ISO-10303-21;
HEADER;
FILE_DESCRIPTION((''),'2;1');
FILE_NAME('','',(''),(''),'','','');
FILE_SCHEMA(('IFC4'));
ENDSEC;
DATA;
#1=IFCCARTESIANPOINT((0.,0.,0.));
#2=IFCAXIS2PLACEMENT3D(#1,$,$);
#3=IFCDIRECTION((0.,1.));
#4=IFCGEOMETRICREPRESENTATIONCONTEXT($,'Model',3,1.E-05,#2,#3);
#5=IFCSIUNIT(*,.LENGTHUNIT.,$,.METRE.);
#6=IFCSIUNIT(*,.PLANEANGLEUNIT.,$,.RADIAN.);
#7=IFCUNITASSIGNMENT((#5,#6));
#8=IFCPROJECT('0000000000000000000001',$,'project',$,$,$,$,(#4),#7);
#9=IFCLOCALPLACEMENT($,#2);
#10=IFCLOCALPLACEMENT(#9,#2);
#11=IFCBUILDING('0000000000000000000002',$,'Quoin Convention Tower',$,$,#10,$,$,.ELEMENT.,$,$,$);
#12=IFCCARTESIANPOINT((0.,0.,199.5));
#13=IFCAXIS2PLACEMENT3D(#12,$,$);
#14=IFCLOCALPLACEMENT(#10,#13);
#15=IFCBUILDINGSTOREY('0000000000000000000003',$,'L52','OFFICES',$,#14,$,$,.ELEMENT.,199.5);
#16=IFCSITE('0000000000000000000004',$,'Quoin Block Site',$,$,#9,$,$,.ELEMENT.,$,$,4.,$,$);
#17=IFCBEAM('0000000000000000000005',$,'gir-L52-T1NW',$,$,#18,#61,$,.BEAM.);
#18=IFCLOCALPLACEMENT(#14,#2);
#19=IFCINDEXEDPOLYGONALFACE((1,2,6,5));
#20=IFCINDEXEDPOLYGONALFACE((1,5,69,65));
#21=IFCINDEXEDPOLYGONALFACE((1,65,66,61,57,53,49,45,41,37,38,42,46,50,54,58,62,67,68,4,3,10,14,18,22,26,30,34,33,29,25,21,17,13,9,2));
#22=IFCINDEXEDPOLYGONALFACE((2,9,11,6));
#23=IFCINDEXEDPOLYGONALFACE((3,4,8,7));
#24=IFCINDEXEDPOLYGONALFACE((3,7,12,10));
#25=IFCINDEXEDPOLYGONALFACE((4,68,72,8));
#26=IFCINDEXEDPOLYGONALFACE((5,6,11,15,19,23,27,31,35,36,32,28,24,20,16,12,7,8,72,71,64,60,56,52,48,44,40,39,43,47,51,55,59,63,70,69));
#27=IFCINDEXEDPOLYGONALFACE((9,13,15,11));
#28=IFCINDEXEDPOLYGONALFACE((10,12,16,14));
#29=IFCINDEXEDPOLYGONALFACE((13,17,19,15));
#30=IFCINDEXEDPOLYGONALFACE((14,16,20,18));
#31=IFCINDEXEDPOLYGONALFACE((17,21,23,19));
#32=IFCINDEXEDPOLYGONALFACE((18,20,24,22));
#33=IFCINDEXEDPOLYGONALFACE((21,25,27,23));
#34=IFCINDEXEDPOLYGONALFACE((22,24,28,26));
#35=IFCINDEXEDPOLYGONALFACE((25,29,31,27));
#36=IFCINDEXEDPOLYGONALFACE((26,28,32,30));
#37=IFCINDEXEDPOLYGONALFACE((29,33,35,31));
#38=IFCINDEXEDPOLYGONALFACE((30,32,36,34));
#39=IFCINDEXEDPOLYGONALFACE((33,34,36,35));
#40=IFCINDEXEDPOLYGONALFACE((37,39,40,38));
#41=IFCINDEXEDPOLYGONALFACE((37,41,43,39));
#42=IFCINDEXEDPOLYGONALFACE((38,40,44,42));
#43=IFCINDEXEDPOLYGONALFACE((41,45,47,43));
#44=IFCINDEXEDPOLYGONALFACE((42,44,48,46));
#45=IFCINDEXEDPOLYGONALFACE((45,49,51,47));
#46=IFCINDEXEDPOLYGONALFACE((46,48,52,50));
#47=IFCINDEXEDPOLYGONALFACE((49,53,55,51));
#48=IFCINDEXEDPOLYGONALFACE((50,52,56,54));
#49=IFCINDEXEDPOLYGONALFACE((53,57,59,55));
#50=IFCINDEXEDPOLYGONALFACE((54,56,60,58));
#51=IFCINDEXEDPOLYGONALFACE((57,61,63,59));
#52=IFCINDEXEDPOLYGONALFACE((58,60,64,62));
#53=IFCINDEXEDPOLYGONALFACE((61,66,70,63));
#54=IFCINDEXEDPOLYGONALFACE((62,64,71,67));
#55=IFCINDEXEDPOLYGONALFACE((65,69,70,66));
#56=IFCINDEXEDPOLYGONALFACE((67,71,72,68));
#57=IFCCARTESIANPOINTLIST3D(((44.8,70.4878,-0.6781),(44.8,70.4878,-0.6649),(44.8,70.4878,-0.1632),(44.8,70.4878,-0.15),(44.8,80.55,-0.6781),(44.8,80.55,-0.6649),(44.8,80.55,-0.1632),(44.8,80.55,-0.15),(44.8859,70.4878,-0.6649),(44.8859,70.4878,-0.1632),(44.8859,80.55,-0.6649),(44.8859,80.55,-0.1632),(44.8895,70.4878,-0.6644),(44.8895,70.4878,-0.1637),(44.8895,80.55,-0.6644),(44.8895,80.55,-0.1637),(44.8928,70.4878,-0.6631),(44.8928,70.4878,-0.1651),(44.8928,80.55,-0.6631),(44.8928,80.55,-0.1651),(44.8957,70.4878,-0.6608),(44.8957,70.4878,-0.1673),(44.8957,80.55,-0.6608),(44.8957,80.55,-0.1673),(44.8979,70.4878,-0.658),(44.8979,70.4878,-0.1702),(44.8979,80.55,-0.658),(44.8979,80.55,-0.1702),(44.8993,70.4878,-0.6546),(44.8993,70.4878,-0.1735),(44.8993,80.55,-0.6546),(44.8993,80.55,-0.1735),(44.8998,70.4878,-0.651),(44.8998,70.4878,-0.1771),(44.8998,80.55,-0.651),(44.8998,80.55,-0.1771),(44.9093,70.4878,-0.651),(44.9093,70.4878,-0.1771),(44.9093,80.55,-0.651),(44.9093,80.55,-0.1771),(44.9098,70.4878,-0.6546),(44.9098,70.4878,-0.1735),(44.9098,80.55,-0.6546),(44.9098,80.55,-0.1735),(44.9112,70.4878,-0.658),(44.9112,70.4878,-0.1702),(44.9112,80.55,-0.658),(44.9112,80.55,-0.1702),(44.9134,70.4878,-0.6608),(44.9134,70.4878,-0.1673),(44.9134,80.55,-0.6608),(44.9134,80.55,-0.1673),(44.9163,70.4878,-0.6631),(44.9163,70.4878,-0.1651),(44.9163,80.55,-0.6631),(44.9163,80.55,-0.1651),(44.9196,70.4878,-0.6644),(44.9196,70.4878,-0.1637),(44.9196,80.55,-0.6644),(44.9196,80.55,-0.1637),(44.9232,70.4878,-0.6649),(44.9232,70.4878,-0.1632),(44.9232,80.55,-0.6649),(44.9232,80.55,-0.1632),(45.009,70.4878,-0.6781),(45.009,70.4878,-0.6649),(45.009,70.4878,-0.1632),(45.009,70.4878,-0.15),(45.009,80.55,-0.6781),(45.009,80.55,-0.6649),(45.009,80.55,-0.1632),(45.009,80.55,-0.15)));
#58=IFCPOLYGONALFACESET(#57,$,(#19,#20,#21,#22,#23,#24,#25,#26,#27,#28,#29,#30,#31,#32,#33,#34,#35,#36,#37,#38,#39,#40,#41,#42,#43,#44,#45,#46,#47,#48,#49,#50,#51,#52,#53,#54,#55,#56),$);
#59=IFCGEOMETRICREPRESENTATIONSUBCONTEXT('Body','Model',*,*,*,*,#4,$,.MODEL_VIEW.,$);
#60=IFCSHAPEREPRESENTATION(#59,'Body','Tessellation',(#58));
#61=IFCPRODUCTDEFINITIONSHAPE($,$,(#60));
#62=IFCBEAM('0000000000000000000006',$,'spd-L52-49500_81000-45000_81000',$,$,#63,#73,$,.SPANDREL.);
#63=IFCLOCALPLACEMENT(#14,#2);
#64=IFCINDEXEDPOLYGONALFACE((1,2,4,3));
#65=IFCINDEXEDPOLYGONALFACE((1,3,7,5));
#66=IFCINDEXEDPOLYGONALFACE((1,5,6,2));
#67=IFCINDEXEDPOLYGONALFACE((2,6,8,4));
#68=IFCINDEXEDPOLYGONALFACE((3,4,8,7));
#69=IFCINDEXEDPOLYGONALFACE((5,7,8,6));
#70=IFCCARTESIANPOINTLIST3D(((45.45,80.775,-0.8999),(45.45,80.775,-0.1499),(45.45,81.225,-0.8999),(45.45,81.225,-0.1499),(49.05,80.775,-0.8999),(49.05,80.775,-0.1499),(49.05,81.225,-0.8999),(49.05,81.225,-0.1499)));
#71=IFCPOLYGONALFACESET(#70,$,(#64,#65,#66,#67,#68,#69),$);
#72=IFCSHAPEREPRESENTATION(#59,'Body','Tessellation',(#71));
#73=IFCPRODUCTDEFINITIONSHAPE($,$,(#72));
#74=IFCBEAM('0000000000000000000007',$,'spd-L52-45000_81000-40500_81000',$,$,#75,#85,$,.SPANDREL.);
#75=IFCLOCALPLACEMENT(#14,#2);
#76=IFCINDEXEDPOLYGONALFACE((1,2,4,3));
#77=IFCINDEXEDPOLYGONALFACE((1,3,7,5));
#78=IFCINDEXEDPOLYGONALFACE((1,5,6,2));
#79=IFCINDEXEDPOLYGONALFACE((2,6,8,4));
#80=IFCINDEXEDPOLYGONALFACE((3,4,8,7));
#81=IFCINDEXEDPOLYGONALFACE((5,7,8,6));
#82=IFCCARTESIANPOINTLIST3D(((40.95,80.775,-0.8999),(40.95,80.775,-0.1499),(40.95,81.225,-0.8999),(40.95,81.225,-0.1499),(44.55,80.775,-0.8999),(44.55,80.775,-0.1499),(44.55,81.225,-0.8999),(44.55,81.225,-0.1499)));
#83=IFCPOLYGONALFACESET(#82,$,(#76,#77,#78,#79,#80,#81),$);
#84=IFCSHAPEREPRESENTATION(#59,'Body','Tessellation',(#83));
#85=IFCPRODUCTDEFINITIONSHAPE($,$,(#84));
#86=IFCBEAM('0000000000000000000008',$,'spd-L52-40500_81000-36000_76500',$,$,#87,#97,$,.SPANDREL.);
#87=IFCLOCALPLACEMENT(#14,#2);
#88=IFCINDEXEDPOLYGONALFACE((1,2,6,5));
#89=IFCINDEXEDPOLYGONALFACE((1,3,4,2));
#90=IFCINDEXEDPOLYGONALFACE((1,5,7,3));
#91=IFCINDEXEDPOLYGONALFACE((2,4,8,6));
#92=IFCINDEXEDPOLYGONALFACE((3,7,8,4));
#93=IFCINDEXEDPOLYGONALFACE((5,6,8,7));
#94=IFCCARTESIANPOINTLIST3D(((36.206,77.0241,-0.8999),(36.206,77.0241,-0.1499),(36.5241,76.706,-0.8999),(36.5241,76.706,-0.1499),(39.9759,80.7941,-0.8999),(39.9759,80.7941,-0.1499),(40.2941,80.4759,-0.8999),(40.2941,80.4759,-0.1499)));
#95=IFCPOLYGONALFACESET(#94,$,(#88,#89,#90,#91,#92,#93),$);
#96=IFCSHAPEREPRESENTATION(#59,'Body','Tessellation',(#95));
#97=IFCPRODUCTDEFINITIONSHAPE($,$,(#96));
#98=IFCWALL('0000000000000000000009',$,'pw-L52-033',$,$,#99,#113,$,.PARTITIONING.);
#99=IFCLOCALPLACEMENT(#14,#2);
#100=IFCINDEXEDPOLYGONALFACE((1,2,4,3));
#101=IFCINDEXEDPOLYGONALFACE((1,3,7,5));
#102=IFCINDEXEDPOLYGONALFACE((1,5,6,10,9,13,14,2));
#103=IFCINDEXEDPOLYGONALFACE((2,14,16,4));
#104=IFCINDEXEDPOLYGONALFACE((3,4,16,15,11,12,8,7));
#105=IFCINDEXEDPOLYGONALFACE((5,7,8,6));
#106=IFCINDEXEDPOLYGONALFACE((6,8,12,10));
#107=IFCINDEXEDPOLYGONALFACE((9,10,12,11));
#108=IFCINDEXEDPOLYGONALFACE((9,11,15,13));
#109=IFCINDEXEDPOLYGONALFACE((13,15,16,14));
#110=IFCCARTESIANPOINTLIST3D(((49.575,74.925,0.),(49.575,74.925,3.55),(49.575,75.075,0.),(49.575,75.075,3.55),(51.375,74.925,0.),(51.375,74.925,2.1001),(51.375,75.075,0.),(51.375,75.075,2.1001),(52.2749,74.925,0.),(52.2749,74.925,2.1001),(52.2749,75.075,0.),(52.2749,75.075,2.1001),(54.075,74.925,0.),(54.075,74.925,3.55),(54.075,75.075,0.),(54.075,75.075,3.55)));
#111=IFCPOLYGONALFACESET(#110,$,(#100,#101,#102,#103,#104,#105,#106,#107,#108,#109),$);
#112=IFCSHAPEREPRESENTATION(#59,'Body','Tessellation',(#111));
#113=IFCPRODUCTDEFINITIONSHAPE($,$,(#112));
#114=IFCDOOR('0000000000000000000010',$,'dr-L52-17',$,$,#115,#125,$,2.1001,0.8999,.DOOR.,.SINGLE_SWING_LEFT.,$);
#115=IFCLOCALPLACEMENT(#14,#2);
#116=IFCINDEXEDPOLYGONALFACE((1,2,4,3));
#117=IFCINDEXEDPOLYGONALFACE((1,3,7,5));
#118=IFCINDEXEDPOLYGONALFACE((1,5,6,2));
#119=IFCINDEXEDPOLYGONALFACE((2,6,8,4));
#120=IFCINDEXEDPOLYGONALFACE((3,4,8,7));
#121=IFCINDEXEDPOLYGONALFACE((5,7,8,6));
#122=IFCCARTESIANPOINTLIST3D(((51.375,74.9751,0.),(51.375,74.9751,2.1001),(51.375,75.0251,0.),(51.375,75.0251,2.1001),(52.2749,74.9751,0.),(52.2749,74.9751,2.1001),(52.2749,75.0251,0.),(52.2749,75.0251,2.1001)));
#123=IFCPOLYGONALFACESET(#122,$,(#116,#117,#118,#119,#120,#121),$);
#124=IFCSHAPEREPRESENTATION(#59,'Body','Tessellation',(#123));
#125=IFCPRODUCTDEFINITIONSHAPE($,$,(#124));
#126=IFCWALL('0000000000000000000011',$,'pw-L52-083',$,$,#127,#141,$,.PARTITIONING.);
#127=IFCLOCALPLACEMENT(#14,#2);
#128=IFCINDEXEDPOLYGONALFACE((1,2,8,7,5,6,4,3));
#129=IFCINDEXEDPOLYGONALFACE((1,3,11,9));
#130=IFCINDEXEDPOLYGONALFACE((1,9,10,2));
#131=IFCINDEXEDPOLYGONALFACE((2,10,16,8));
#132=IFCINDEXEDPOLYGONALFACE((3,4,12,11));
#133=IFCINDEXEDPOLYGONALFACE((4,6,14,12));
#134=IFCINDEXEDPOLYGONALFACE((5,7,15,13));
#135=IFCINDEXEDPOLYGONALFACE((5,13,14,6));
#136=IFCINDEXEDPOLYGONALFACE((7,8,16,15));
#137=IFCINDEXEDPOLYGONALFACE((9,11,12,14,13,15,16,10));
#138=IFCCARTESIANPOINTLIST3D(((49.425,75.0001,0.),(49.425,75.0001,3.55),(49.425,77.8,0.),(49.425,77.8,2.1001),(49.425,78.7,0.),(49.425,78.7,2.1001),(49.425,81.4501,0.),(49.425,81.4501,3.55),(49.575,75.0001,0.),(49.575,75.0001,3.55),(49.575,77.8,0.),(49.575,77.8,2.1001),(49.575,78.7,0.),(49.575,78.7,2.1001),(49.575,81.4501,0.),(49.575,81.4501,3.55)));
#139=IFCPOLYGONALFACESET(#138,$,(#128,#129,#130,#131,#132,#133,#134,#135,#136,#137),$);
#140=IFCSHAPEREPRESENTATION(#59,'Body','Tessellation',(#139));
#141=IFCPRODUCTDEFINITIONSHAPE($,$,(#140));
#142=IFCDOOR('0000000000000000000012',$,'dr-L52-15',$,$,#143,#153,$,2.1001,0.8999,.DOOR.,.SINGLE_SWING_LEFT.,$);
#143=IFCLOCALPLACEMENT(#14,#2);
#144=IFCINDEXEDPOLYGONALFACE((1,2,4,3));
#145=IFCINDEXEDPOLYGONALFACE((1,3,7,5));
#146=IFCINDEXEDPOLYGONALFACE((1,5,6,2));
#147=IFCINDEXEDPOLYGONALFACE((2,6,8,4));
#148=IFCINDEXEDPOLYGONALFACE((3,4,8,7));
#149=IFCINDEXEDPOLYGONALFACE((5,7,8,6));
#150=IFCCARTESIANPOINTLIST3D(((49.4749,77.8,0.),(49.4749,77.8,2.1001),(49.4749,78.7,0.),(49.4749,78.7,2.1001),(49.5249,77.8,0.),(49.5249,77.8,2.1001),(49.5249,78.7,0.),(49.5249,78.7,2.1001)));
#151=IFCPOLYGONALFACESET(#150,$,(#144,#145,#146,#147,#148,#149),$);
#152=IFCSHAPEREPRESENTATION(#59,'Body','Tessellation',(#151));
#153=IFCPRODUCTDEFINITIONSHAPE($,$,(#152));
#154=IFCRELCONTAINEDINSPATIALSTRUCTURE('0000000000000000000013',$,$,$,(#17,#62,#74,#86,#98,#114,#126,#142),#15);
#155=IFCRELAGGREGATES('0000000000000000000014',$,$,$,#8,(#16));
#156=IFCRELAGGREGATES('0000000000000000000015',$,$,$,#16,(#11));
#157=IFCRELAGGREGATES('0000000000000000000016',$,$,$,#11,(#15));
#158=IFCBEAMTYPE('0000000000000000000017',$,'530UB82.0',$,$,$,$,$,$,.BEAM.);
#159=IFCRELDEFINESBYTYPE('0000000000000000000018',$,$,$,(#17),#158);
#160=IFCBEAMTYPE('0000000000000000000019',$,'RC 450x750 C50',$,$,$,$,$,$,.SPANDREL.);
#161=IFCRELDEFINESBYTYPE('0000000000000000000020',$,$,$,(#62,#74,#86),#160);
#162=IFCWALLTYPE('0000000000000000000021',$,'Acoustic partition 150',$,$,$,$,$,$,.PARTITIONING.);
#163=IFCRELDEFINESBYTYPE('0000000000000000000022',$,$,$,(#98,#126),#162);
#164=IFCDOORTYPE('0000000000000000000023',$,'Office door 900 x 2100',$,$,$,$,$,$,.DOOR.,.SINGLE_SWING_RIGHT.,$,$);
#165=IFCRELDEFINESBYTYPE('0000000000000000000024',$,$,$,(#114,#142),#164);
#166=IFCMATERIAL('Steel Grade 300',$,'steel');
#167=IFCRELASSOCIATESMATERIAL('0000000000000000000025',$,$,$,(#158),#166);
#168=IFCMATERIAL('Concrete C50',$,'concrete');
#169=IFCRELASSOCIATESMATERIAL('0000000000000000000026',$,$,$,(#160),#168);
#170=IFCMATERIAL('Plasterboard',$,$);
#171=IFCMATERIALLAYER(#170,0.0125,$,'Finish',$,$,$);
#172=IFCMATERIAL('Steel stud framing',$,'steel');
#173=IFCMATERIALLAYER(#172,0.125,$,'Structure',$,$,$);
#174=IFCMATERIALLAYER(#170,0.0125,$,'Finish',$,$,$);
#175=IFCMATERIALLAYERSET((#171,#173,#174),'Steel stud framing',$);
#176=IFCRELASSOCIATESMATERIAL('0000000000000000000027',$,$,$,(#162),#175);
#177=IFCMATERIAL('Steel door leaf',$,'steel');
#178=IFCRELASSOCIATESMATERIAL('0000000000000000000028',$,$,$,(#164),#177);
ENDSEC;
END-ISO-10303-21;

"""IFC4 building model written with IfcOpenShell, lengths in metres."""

from ifc_helpers import new_model, si_unit, direction, frame, frame_2d, origin, origin_2d, place, context, subcontext, project, spatial, rectangle, i_section, extrude, material, layer, layer_set, material_profile, profile_set, type_object, element, fill, save


model = new_model("IFC4")

# Units and contexts
model_context = context("Model", 3, precision=1e-05, world=origin(), true_north=direction((0.0, 1.0)))
body_context = subcontext(model_context, "Body", "Model", "MODEL_VIEW")
ifc_project = project(units=[si_unit("LENGTHUNIT", "METRE"), si_unit("PLANEANGLEUNIT", "RADIAN")], contexts=[model_context])

# Site, building, storey
site_placement = place(None, origin())
site = spatial("IfcSite", under=ifc_project, at=site_placement, Name="Quoin Block Site", CompositionType="ELEMENT", RefElevation=4.0)
building_placement = place(site_placement, origin())
building = spatial("IfcBuilding", under=site, at=building_placement, Name="Quoin Convention Tower", CompositionType="ELEMENT")
storey_placement = place(building_placement, frame((0.0, 0.0, 199.5)))
storey = spatial("IfcBuildingStorey", under=building, at=storey_placement, Name="L52", Description="OFFICES", CompositionType="ELEMENT", Elevation=199.5)

# Shared definitions
ifc_material_1 = material(Name="Concrete C50", Category="concrete")

# Beams
ifc_material_2 = material(Name="Steel Grade 300", Category="steel")
ifc_material_profile_1 = material_profile(ifc_material_2, i_section(OverallWidth=0.209, OverallDepth=0.5281, WebThickness=0.0095, FlangeThickness=0.0132, FilletRadius=0.0139, at=origin_2d()), Name="530UB82.0")
ifc_profile_set_1 = profile_set([ifc_material_profile_1], Name="Steel Grade 300")
beam_type_1 = type_object("IfcBeamType", Name="530UB82.0", PredefinedType="BEAM", material=ifc_profile_set_1)
beam_1_placement = place(storey_placement, frame((44.9045, 80.55, -0.4141), z_axis=(0.0, -1.0, 0.0), x_axis=(1.0, 0.0, 0.0)))
element("IfcBeam", 1, at=beam_1_placement, inside=storey, type_object=beam_type_1, Name="gir-L52-T1NW", PredefinedType="BEAM", context=body_context, shape_type="SweptSolid", body=[
    extrude(i_section(OverallWidth=0.209, OverallDepth=0.5281, WebThickness=0.0095, FlangeThickness=0.0132, FilletRadius=0.0139, at=origin_2d()), origin(), (0.0, 0.0, 1.0), 10.0623),
])
ifc_material_profile_2 = material_profile(ifc_material_1, rectangle(XDim=0.45, YDim=0.75, at=origin_2d()), Name="RC 450x750")
ifc_profile_set_2 = profile_set([ifc_material_profile_2], Name="Concrete C50")
beam_type_2 = type_object("IfcBeamType", Name="RC 450x750 C50", PredefinedType="SPANDREL", material=ifc_profile_set_2)
for number, where, z_axis, x_axis, name in (
    (2, (49.05, 81.0, -0.5249), (-1.0, 0.0, 0.0), (0.0, -1.0, 0.0), "spd-L52-49500_81000-45000_81000"),
    (3, (44.55, 81.0, -0.5249), (-1.0, 0.0, 0.0), (0.0, -1.0, 0.0), "spd-L52-45000_81000-40500_81000"),
):
    element("IfcBeam", number, at=place(storey_placement, frame(where, z_axis=z_axis, x_axis=x_axis)), inside=storey, type_object=beam_type_2, Name=name, PredefinedType="SPANDREL", context=body_context, shape_type="SweptSolid", body=[
        extrude(rectangle(XDim=0.45, YDim=0.75, at=origin_2d()), origin(), (0.0, 0.0, 1.0), 3.6001),
    ])
beam_2_placement = place(storey_placement, frame((40.135, 80.635, -0.5249), z_axis=(-0.707107, -0.707107, 0.0), x_axis=(0.707107, -0.707107, 0.0)))
element("IfcBeam", 4, at=beam_2_placement, inside=storey, type_object=beam_type_2, Name="spd-L52-40500_81000-36000_76500", PredefinedType="SPANDREL", context=body_context, shape_type="SweptSolid", body=[
    extrude(rectangle(XDim=0.45, YDim=0.75, at=origin_2d()), origin(), (0.0, 0.0, 1.0), 5.3315),
])

# Walls, openings, doors
ifc_material_3 = material(Name="Plasterboard")
ifc_layer_1 = layer(ifc_material_3, 0.0125, Name="Finish")
ifc_material_4 = material(Name="Steel stud framing", Category="steel")
ifc_layer_2 = layer(ifc_material_4, 0.125, Name="Structure")
ifc_layer_3 = layer(ifc_material_3, 0.0125, Name="Finish")
ifc_layer_set_1 = layer_set([ifc_layer_1, ifc_layer_2, ifc_layer_3], Name="Steel stud framing")
wall_type_1 = type_object("IfcWallType", Name="Acoustic partition 150", PredefinedType="PARTITIONING", material=ifc_layer_set_1)
wall_1_placement = place(storey_placement, frame((49.575, 75.0, 0.0), z_axis=(0.0, 0.0, 1.0), x_axis=(1.0, 0.0, 0.0)))
wall_1 = element("IfcWall", 5, at=wall_1_placement, inside=storey, type_object=wall_type_1, Name="pw-L52-033", PredefinedType="PARTITIONING", context=body_context, shape_type="SweptSolid", body=[
    extrude(rectangle(XDim=4.5, YDim=0.1499, at=frame_2d((2.25, 0.0))), origin(), (0.0, 0.0, 1.0), 3.55),
])
opening_1_placement = place(wall_1_placement, frame((1.8, 0.0, 0.0)))
opening_1 = element("IfcOpeningElement", 6, at=opening_1_placement, cuts=wall_1, PredefinedType="OPENING", context=body_context, shape_type="SweptSolid", body=[
    extrude(rectangle(XDim=0.8999, YDim=2.1001, at=frame_2d((0.45, 1.05))), frame((0.0, 0.085, 0.0), z_axis=(0.0, -1.0, 0.0), x_axis=(1.0, 0.0, 0.0)), (0.0, 0.0, 1.0), 0.1699),
])
ifc_material_5 = material(Name="Steel door leaf", Category="steel")
door_type_1 = type_object("IfcDoorType", Name="Office door 900 x 2100", OperationType="SINGLE_SWING_RIGHT", PredefinedType="DOOR", material=ifc_material_5)
door_1_placement = place(opening_1_placement, frame((0.8999, 0.0, 0.0), z_axis=(0.0, 0.0, 1.0), x_axis=(-1.0, 0.0, 0.0)))
door_1 = element("IfcDoor", 7, at=door_1_placement, inside=storey, type_object=door_type_1, Name="dr-L52-17", OperationType="SINGLE_SWING_LEFT", OverallHeight=2.1001, OverallWidth=0.8999, PredefinedType="DOOR", context=body_context, shape_type="SweptSolid", body=[
    extrude(rectangle(XDim=0.8999, YDim=2.1001, at=frame_2d((0.45, 1.05))), frame((0.0, 0.0249, 0.0), z_axis=(0.0, -1.0, 0.0), x_axis=(1.0, 0.0, 0.0)), (0.0, 0.0, 1.0), 0.05),
])
fill(opening_1, door_1)
wall_2_placement = place(storey_placement, frame((49.5, 75.0, 0.0), z_axis=(0.0, 0.0, 1.0), x_axis=(0.0, 1.0, 0.0)))
wall_2 = element("IfcWall", 8, at=wall_2_placement, inside=storey, type_object=wall_type_1, Name="pw-L52-083", PredefinedType="PARTITIONING", context=body_context, shape_type="SweptSolid", body=[
    extrude(rectangle(XDim=6.45, YDim=0.1499, at=frame_2d((3.2251, 0.0))), origin(), (0.0, 0.0, 1.0), 3.55),
])
opening_2_placement = place(wall_2_placement, frame((2.8, 0.0, 0.0)))
opening_2 = element("IfcOpeningElement", 9, at=opening_2_placement, cuts=wall_2, PredefinedType="OPENING", context=body_context, shape_type="SweptSolid", body=[
    extrude(rectangle(XDim=0.8999, YDim=2.1001, at=frame_2d((0.45, 1.05))), frame((0.0, 0.085, 0.0), z_axis=(0.0, -1.0, 0.0), x_axis=(1.0, 0.0, 0.0)), (0.0, 0.0, 1.0), 0.1699),
])
door_2_placement = place(opening_2_placement, frame((0.8999, 0.0, 0.0), z_axis=(0.0, 0.0, 1.0), x_axis=(-1.0, 0.0, 0.0)))
door_2 = element("IfcDoor", 10, at=door_2_placement, inside=storey, type_object=door_type_1, Name="dr-L52-15", OperationType="SINGLE_SWING_LEFT", OverallHeight=2.1001, OverallWidth=0.8999, PredefinedType="DOOR", context=body_context, shape_type="SweptSolid", body=[
    extrude(rectangle(XDim=0.8999, YDim=2.1001, at=frame_2d((0.45, 1.05))), frame((0.0, 0.0249, 0.0), z_axis=(0.0, -1.0, 0.0), x_axis=(1.0, 0.0, 0.0)), (0.0, 0.0, 1.0), 0.05),
])
fill(opening_2, door_2)

save(model, "model.ifc")
